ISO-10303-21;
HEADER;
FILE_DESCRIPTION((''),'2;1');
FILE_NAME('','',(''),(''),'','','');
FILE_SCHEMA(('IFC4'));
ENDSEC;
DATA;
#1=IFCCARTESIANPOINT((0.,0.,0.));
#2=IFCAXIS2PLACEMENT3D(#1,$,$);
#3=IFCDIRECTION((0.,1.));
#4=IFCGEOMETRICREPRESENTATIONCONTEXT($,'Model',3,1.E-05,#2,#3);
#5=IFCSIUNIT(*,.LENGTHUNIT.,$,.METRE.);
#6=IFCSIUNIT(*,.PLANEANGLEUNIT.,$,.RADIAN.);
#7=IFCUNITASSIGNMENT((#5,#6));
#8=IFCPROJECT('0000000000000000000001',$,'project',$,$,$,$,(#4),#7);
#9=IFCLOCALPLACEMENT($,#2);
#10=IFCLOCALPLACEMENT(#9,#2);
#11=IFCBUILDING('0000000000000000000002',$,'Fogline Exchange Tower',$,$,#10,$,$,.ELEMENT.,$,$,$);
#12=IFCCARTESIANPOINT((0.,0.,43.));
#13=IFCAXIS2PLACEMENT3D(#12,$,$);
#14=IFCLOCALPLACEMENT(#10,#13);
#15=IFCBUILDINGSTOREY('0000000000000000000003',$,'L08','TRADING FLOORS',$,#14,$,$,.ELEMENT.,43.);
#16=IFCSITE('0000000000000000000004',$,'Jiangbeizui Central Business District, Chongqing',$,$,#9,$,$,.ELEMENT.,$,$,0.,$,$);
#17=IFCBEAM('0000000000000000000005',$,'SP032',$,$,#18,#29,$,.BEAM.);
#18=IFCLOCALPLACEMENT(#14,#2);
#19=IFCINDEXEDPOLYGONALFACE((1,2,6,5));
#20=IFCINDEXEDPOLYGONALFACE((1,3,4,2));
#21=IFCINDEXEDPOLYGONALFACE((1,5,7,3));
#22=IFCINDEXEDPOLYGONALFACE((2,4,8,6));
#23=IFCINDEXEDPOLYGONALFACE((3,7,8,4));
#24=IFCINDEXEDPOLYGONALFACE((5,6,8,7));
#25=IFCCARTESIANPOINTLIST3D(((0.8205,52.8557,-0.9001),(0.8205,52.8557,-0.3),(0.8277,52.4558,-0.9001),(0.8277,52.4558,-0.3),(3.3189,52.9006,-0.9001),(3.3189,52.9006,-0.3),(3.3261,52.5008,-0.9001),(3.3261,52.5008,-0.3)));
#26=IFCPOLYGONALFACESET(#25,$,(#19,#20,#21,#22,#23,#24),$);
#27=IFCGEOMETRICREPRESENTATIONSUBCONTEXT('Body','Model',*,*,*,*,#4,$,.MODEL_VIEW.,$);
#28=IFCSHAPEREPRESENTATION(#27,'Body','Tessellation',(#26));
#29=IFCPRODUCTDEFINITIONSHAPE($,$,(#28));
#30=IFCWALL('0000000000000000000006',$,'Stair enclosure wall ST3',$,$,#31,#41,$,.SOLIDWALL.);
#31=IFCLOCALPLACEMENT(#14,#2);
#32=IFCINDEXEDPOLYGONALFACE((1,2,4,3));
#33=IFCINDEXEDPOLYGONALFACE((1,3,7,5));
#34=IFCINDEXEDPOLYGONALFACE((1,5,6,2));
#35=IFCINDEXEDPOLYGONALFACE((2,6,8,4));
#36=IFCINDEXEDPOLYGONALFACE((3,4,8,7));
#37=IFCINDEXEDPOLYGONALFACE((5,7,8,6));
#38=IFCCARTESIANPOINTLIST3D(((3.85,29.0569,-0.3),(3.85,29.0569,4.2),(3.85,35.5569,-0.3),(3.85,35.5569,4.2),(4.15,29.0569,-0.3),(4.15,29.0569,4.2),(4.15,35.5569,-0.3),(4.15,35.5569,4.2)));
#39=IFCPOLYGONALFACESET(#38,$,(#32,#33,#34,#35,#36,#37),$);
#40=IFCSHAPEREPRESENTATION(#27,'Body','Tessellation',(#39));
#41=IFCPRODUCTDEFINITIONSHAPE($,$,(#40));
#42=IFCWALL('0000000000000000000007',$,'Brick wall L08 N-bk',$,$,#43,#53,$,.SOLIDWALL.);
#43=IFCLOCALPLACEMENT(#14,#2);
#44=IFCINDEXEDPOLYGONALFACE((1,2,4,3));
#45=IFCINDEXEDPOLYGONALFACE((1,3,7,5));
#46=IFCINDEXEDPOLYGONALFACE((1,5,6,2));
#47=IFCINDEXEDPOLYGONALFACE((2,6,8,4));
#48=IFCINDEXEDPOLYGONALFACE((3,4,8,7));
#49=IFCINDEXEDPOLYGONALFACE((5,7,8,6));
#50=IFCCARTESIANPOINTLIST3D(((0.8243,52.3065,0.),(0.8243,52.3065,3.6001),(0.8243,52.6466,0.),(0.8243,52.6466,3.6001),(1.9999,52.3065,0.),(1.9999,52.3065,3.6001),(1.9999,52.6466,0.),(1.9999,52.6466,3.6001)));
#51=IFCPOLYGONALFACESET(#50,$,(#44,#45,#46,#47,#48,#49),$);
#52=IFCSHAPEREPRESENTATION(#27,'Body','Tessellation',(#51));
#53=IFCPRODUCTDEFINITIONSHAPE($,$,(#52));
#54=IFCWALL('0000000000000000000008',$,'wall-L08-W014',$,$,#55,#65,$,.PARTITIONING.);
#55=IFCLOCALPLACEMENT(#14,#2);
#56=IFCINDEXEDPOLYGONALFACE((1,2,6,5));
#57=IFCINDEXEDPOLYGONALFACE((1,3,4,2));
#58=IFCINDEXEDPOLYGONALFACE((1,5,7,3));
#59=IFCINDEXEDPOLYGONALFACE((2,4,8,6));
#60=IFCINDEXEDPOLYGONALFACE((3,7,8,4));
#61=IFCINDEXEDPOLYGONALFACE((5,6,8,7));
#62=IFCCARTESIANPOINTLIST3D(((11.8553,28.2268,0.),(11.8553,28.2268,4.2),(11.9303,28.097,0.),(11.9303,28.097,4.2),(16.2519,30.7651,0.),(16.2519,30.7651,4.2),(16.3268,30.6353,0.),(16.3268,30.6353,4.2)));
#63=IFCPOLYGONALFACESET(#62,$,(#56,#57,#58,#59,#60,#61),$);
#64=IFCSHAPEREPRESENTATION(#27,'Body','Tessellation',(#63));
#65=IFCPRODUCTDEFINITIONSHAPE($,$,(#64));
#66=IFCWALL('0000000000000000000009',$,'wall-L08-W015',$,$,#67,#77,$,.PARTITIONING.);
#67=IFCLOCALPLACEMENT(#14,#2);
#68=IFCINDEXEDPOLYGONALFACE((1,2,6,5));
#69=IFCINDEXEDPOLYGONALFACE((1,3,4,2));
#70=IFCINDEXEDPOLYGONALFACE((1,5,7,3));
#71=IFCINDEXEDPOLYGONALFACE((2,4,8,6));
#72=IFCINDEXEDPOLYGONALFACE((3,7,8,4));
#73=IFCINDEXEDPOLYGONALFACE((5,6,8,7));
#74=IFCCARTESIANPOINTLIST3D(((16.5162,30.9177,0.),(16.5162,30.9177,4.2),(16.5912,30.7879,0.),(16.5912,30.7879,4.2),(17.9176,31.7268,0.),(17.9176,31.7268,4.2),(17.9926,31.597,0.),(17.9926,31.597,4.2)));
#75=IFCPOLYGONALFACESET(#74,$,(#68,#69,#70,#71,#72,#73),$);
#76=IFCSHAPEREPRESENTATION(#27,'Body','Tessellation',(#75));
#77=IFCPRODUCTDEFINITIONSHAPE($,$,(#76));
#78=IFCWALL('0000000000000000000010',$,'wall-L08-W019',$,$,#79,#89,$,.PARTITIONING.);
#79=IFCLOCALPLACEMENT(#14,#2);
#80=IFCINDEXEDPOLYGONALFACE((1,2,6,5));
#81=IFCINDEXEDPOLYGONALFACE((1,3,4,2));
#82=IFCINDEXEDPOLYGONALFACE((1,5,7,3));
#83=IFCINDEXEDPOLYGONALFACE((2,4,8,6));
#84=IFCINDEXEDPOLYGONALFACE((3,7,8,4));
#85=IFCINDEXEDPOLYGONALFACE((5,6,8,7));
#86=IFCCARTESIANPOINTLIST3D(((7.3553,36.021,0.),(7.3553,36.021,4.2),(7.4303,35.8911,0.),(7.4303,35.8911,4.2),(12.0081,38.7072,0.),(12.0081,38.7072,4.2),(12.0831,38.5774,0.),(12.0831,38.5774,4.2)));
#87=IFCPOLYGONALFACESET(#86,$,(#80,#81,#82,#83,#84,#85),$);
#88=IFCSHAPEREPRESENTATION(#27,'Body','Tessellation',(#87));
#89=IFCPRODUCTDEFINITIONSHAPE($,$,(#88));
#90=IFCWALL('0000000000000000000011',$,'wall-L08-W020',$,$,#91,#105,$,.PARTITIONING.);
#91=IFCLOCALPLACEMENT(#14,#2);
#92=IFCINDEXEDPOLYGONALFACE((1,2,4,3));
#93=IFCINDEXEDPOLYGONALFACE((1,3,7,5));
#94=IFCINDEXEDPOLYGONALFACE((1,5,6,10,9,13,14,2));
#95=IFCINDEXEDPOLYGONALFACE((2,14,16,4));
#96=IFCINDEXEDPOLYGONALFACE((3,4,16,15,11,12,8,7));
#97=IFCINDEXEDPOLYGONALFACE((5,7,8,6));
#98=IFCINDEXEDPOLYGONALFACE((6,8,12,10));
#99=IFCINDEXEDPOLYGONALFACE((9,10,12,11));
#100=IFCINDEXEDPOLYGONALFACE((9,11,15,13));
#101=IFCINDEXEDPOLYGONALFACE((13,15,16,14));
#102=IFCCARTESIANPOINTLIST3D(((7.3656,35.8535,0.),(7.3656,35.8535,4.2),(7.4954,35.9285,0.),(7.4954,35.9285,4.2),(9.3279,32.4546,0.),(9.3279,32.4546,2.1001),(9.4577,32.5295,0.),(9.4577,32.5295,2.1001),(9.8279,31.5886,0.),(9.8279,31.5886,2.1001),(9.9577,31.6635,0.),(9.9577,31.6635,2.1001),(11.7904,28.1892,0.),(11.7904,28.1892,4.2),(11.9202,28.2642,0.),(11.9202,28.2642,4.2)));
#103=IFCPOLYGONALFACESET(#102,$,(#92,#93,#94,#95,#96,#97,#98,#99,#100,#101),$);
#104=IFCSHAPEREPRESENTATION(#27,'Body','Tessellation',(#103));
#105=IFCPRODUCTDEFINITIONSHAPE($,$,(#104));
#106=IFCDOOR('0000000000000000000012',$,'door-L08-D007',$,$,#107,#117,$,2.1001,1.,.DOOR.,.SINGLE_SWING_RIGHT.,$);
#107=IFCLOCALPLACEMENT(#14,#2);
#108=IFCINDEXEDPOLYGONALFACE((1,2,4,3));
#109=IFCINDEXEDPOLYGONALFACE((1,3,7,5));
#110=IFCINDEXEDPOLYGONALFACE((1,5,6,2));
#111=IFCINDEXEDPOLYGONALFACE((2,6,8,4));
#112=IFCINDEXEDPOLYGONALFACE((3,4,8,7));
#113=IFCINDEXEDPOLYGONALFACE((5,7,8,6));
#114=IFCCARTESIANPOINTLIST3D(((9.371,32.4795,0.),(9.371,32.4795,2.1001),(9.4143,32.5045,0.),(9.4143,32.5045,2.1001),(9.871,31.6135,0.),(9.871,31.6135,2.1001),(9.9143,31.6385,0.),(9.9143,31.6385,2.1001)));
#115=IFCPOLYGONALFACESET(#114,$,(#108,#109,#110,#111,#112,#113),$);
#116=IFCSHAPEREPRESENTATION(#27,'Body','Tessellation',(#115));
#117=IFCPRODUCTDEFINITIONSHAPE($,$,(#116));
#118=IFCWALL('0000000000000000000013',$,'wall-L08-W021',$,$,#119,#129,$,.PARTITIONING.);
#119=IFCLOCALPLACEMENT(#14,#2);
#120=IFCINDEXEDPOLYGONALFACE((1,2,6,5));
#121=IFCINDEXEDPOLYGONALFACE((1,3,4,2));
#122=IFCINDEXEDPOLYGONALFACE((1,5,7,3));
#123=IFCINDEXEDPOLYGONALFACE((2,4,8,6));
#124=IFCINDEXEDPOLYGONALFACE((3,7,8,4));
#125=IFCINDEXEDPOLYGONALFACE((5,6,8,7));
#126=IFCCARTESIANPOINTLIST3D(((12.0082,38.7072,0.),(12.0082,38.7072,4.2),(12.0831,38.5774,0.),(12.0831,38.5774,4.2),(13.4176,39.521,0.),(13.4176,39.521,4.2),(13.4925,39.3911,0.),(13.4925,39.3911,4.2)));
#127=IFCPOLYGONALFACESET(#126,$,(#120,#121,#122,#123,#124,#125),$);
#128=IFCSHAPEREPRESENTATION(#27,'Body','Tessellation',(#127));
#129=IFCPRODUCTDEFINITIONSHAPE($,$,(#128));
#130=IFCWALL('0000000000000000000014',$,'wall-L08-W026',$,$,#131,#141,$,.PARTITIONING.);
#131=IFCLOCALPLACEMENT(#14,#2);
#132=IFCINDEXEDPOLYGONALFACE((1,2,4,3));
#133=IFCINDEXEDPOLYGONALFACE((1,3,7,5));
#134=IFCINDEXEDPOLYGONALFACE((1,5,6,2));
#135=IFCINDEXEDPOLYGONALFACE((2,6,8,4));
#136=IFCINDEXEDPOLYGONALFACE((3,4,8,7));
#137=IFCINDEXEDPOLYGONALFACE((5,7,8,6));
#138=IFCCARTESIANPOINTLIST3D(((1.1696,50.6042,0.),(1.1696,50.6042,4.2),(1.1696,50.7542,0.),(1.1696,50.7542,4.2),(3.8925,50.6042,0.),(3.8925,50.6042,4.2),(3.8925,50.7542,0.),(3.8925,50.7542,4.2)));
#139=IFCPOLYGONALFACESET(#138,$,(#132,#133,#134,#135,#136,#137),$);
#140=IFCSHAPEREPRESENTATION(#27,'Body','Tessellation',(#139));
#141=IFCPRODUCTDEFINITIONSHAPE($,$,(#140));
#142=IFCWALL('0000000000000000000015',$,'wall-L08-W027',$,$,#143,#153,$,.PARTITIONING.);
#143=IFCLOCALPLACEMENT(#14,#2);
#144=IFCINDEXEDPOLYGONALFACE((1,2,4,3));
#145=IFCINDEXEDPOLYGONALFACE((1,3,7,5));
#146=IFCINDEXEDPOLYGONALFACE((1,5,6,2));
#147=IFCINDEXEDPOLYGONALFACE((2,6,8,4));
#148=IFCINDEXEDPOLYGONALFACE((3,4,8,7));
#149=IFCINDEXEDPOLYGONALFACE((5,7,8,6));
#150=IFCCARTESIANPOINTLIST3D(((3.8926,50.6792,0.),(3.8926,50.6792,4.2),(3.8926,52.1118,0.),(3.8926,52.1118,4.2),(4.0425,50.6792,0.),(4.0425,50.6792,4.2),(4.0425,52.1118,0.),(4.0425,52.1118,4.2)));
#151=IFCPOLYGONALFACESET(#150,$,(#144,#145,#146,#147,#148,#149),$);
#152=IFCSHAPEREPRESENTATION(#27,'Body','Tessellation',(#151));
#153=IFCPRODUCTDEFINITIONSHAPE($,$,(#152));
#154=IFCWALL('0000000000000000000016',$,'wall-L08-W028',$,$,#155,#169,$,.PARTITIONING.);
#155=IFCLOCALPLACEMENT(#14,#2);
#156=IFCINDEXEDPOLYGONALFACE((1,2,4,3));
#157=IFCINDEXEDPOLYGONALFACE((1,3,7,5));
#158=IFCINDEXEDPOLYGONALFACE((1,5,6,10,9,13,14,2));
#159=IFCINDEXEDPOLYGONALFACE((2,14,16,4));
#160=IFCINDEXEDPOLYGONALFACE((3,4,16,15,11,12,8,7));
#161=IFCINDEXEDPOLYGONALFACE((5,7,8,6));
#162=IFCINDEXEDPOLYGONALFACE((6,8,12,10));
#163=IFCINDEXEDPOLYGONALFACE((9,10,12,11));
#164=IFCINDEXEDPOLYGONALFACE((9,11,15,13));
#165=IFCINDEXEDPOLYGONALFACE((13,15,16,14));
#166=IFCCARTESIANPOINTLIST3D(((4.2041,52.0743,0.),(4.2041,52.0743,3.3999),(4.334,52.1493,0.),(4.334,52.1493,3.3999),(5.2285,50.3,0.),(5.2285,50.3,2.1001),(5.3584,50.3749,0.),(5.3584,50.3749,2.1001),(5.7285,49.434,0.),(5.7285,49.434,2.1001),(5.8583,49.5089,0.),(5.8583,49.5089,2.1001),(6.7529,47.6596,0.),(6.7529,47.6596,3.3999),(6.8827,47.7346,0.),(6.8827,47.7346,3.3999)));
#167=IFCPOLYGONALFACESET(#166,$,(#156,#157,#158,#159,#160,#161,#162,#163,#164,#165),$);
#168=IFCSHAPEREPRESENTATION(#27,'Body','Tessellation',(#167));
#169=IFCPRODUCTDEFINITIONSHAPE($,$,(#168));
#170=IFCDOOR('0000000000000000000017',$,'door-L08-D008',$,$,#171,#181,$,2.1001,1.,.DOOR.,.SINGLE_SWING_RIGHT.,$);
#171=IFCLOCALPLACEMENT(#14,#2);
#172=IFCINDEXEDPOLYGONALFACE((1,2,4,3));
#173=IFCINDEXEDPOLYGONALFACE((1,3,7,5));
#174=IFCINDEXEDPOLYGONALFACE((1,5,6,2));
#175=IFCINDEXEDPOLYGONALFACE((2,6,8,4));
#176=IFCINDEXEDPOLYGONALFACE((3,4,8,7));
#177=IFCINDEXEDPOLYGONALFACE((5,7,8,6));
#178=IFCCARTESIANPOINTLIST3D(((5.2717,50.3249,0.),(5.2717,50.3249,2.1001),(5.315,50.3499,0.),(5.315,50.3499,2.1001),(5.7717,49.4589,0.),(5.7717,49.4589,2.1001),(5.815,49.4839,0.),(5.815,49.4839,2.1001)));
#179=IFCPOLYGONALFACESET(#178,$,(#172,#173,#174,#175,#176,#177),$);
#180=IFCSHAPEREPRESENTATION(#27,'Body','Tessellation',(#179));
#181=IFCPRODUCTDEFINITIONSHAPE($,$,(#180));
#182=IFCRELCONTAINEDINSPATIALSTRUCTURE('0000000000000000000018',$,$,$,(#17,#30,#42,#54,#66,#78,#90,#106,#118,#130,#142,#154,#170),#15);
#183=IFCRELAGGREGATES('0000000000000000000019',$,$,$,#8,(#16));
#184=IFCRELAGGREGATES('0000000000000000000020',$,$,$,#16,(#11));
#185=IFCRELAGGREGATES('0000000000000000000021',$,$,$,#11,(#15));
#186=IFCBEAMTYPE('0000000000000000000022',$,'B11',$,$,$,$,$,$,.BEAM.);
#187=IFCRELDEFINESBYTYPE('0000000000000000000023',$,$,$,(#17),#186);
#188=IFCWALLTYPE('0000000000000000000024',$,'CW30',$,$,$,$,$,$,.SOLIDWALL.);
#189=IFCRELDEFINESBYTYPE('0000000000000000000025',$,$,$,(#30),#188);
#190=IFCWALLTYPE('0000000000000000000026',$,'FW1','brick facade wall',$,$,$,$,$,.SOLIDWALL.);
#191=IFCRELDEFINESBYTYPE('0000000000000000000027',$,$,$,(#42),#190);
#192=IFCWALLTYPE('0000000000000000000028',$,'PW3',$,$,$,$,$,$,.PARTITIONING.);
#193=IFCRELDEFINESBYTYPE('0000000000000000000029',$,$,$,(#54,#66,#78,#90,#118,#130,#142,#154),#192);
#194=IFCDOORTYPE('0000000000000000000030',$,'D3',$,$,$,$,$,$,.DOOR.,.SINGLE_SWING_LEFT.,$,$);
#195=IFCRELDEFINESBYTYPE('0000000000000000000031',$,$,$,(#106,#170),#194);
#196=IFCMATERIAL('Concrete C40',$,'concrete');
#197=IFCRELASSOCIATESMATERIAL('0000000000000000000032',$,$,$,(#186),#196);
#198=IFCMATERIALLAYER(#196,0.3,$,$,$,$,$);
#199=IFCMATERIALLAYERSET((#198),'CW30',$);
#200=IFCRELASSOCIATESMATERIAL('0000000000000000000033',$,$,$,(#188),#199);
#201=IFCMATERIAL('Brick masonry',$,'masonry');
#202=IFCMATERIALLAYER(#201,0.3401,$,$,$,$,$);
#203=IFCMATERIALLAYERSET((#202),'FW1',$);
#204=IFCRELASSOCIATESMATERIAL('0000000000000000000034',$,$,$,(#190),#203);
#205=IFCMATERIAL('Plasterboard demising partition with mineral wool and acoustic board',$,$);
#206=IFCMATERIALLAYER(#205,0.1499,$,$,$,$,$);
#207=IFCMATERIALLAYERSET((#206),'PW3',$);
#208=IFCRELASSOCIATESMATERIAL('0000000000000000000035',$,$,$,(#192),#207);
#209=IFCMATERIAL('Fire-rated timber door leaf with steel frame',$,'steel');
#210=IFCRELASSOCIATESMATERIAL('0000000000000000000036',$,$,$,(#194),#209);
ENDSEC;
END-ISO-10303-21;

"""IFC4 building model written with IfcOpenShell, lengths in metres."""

from ifc_helpers import new_model, si_unit, direction, frame, frame_2d, origin, origin_2d, place, context, subcontext, project, spatial, rectangle, extrude, material, layer, layer_set, material_profile, profile_set, type_object, element, fill, save


model = new_model("IFC4")

# Units and contexts
model_context = context("Model", 3, precision=1e-05, world=origin(), true_north=direction((0.0, 1.0)))
body_context = subcontext(model_context, "Body", "Model", "MODEL_VIEW")
ifc_project = project(units=[si_unit("LENGTHUNIT", "METRE"), si_unit("PLANEANGLEUNIT", "RADIAN")], contexts=[model_context])

# Site, building, storey
site_placement = place(None, origin())
site = spatial("IfcSite", under=ifc_project, at=site_placement, Name="Jiangbeizui Central Business District, Chongqing", CompositionType="ELEMENT", RefElevation=0.0)
building_placement = place(site_placement, origin())
building = spatial("IfcBuilding", under=site, at=building_placement, Name="Fogline Exchange Tower", CompositionType="ELEMENT")
storey_placement = place(building_placement, frame((0.0, 0.0, 43.0)))
storey = spatial("IfcBuildingStorey", under=building, at=storey_placement, Name="L08", Description="TRADING FLOORS", CompositionType="ELEMENT", Elevation=43.0)

# Beam
ifc_material_1 = material(Name="Concrete C40", Category="concrete")
ifc_material_profile_1 = material_profile(ifc_material_1, rectangle(XDim=0.3999, YDim=0.6001, at=origin_2d()), Name="RC 400x600")
ifc_profile_set_1 = profile_set([ifc_material_profile_1], Name="Concrete C40")
beam_type_1 = type_object("IfcBeamType", Name="B11", PredefinedType="BEAM", material=ifc_profile_set_1)
beam_1_placement = place(storey_placement, frame((3.3225, 52.7007, -0.6001), z_axis=(-0.999838, -0.017978, 0.0), x_axis=(0.017978, -0.999838, 0.0)))
element("IfcBeam", 1, at=beam_1_placement, inside=storey, type_object=beam_type_1, Name="SP032", PredefinedType="BEAM", context=body_context, shape_type="SweptSolid", body=[
    extrude(rectangle(XDim=0.3999, YDim=0.6001, at=origin_2d()), origin(), (0.0, 0.0, 1.0), 2.4988),
])

# Walls
ifc_layer_1 = layer(ifc_material_1, 0.3)
ifc_layer_set_1 = layer_set([ifc_layer_1], Name="CW30")
wall_type_1 = type_object("IfcWallType", Name="CW30", PredefinedType="SOLIDWALL", material=ifc_layer_set_1)
wall_1_placement = place(storey_placement, frame((4.0, 29.0569, -0.3), z_axis=(0.0, 0.0, 1.0), x_axis=(0.0, 1.0, 0.0)))
element("IfcWall", 2, at=wall_1_placement, inside=storey, type_object=wall_type_1, Name="Stair enclosure wall ST3", PredefinedType="SOLIDWALL", context=body_context, shape_type="SweptSolid", body=[
    extrude(rectangle(XDim=6.5, YDim=0.3, at=frame_2d((3.25, 0.0))), origin(), (0.0, 0.0, 1.0), 4.5),
])
ifc_material_2 = material(Name="Brick masonry", Category="masonry")
ifc_layer_2 = layer(ifc_material_2, 0.3401)
ifc_layer_set_2 = layer_set([ifc_layer_2], Name="FW1")
wall_type_2 = type_object("IfcWallType", Name="FW1", Description="brick facade wall", PredefinedType="SOLIDWALL", material=ifc_layer_set_2)
wall_2_placement = place(storey_placement, frame((2.0, 52.4766, 0.0), z_axis=(0.0, 0.0, 1.0), x_axis=(-1.0, 0.0, 0.0)))
element("IfcWall", 3, at=wall_2_placement, inside=storey, type_object=wall_type_2, Name="Brick wall L08 N-bk", PredefinedType="SOLIDWALL", context=body_context, shape_type="SweptSolid", body=[
    extrude(rectangle(XDim=1.1755, YDim=0.3401, at=frame_2d((0.5879, 0.0))), origin(), (0.0, 0.0, 1.0), 3.6001),
])

# Walls
ifc_material_3 = material(Name="Plasterboard demising partition with mineral wool and acoustic board")
ifc_layer_3 = layer(ifc_material_3, 0.1499)
ifc_layer_set_3 = layer_set([ifc_layer_3], Name="PW3")
wall_type_3 = type_object("IfcWallType", Name="PW3", PredefinedType="PARTITIONING", material=ifc_layer_set_3)
wall_3_placement = place(storey_placement, frame((11.8928, 28.1619, 0.0), z_axis=(0.0, 0.0, 1.0), x_axis=(0.866024, 0.500003, 0.0)))
element("IfcWall", 4, at=wall_3_placement, inside=storey, type_object=wall_type_3, Name="wall-L08-W014", PredefinedType="PARTITIONING", context=body_context, shape_type="SweptSolid", body=[
    extrude(rectangle(XDim=5.0767, YDim=0.1499, at=frame_2d((2.5383, 0.0))), origin(), (0.0, 0.0, 1.0), 4.2),
])
wall_4_placement = place(storey_placement, frame((16.5537, 30.8528, 0.0), z_axis=(0.0, 0.0, 1.0), x_axis=(0.866025, 0.500001, 0.0)))
element("IfcWall", 5, at=wall_4_placement, inside=storey, type_object=wall_type_3, Name="wall-L08-W015", PredefinedType="PARTITIONING", context=body_context, shape_type="SweptSolid", body=[
    extrude(rectangle(XDim=1.6182, YDim=0.1499, at=frame_2d((0.8091, 0.0))), origin(), (0.0, 0.0, 1.0), 4.2),
])
wall_5_placement = place(storey_placement, frame((7.3928, 35.9561, 0.0), z_axis=(0.0, 0.0, 1.0), x_axis=(0.866028, 0.499995, 0.0)))
element("IfcWall", 6, at=wall_5_placement, inside=storey, type_object=wall_type_3, Name="wall-L08-W019", PredefinedType="PARTITIONING", context=body_context, shape_type="SweptSolid", body=[
    extrude(rectangle(XDim=5.3726, YDim=0.1499, at=frame_2d((2.6863, 0.0))), origin(), (0.0, 0.0, 1.0), 4.2),
])

# Wall, opening, door
wall_6_placement = place(storey_placement, frame((11.8552, 28.2268, 0.0), z_axis=(0.0, 0.0, 1.0), x_axis=(-0.499984, 0.866034, 0.0)))
wall_6 = element("IfcWall", 7, at=wall_6_placement, inside=storey, type_object=wall_type_3, Name="wall-L08-W020", PredefinedType="PARTITIONING", context=body_context, shape_type="SweptSolid", body=[
    extrude(rectangle(XDim=8.8499, YDim=0.1499, at=frame_2d((4.4248, 0.0))), origin(), (0.0, 0.0, 1.0), 4.2),
])
opening_1_placement = place(wall_6_placement, frame((3.925, 0.0, 0.0)))
opening_1 = element("IfcOpeningElement", 8, at=opening_1_placement, cuts=wall_6, PredefinedType="OPENING", context=body_context, shape_type="SweptSolid", body=[
    extrude(rectangle(XDim=1.0, YDim=2.1001, at=frame_2d((0.5, 1.05))), frame((0.0, 0.085, 0.0), z_axis=(0.0, -1.0, 0.0), x_axis=(1.0, 0.0, 0.0)), (0.0, 0.0, 1.0), 0.1699),
])
ifc_material_4 = material(Name="Fire-rated timber door leaf with steel frame", Category="steel")
door_type_1 = type_object("IfcDoorType", Name="D3", OperationType="SINGLE_SWING_LEFT", PredefinedType="DOOR", material=ifc_material_4)
door_1_placement = place(opening_1_placement, frame((1.0, 0.0, 0.0), z_axis=(0.0, 0.0, 1.0), x_axis=(-1.0, 0.0, 0.0)))
door_1 = element("IfcDoor", 9, at=door_1_placement, inside=storey, type_object=door_type_1, Name="door-L08-D007", OperationType="SINGLE_SWING_RIGHT", OverallHeight=2.1001, OverallWidth=1.0, PredefinedType="DOOR", context=body_context, shape_type="SweptSolid", body=[
    extrude(rectangle(XDim=1.0, YDim=2.1001, at=frame_2d((0.5, 1.05))), frame((0.0, 0.0249, 0.0), z_axis=(0.0, -1.0, 0.0), x_axis=(1.0, 0.0, 0.0)), (0.0, 0.0, 1.0), 0.05),
])
fill(opening_1, door_1)

# Walls
wall_7_placement = place(storey_placement, frame((12.0457, 38.6423, 0.0), z_axis=(0.0, 0.0, 1.0), x_axis=(0.866028, 0.499995, 0.0)))
element("IfcWall", 10, at=wall_7_placement, inside=storey, type_object=wall_type_3, Name="wall-L08-W021", PredefinedType="PARTITIONING", context=body_context, shape_type="SweptSolid", body=[
    extrude(rectangle(XDim=1.6274, YDim=0.1499, at=frame_2d((0.8137, 0.0))), origin(), (0.0, 0.0, 1.0), 4.2),
])
wall_8_placement = place(storey_placement, frame((1.1697, 50.6792, 0.0), z_axis=(0.0, 0.0, 1.0), x_axis=(1.0, 0.0, 0.0)))
element("IfcWall", 11, at=wall_8_placement, inside=storey, type_object=wall_type_3, Name="wall-L08-W026", PredefinedType="PARTITIONING", context=body_context, shape_type="SweptSolid", body=[
    extrude(rectangle(XDim=2.7229, YDim=0.1499, at=frame_2d((1.3613, 0.0))), origin(), (0.0, 0.0, 1.0), 4.2),
])
wall_9_placement = place(storey_placement, frame((3.9675, 50.6792, 0.0), z_axis=(0.0, 0.0, 1.0), x_axis=(0.0, 1.0, 0.0)))
element("IfcWall", 12, at=wall_9_placement, inside=storey, type_object=wall_type_3, Name="wall-L08-W027", PredefinedType="PARTITIONING", context=body_context, shape_type="SweptSolid", body=[
    extrude(rectangle(XDim=1.4326, YDim=0.1499, at=frame_2d((0.7163, 0.0))), origin(), (0.0, 0.0, 1.0), 4.2),
])

# Wall, opening, door
wall_10_placement = place(storey_placement, frame((4.269, 52.1118, 0.0), z_axis=(0.0, 0.0, 1.0), x_axis=(0.499992, -0.86603, 0.0)))
wall_10 = element("IfcWall", 13, at=wall_10_placement, inside=storey, type_object=wall_type_3, Name="wall-L08-W028", PredefinedType="PARTITIONING", context=body_context, shape_type="SweptSolid", body=[
    extrude(rectangle(XDim=5.0977, YDim=0.1499, at=frame_2d((2.5488, 0.0))), origin(), (0.0, 0.0, 1.0), 3.3999),
])
opening_2_placement = place(wall_10_placement, frame((2.0488, 0.0, 0.0)))
opening_2 = element("IfcOpeningElement", 14, at=opening_2_placement, cuts=wall_10, PredefinedType="OPENING", context=body_context, shape_type="SweptSolid", body=[
    extrude(rectangle(XDim=1.0, YDim=2.1001, at=frame_2d((0.5, 1.05))), frame((0.0, 0.085, 0.0), z_axis=(0.0, -1.0, 0.0), x_axis=(1.0, 0.0, 0.0)), (0.0, 0.0, 1.0), 0.1699),
])
door_2_placement = place(opening_2_placement, origin())
door_2 = element("IfcDoor", 15, at=door_2_placement, inside=storey, type_object=door_type_1, Name="door-L08-D008", OperationType="SINGLE_SWING_RIGHT", OverallHeight=2.1001, OverallWidth=1.0, PredefinedType="DOOR", context=body_context, shape_type="SweptSolid", body=[
    extrude(rectangle(XDim=1.0, YDim=2.1001, at=frame_2d((0.5, 1.05))), frame((0.0, 0.0249, 0.0), z_axis=(0.0, -1.0, 0.0), x_axis=(1.0, 0.0, 0.0)), (0.0, 0.0, 1.0), 0.05),
])
fill(opening_2, door_2)

save(model, "model.ifc")
